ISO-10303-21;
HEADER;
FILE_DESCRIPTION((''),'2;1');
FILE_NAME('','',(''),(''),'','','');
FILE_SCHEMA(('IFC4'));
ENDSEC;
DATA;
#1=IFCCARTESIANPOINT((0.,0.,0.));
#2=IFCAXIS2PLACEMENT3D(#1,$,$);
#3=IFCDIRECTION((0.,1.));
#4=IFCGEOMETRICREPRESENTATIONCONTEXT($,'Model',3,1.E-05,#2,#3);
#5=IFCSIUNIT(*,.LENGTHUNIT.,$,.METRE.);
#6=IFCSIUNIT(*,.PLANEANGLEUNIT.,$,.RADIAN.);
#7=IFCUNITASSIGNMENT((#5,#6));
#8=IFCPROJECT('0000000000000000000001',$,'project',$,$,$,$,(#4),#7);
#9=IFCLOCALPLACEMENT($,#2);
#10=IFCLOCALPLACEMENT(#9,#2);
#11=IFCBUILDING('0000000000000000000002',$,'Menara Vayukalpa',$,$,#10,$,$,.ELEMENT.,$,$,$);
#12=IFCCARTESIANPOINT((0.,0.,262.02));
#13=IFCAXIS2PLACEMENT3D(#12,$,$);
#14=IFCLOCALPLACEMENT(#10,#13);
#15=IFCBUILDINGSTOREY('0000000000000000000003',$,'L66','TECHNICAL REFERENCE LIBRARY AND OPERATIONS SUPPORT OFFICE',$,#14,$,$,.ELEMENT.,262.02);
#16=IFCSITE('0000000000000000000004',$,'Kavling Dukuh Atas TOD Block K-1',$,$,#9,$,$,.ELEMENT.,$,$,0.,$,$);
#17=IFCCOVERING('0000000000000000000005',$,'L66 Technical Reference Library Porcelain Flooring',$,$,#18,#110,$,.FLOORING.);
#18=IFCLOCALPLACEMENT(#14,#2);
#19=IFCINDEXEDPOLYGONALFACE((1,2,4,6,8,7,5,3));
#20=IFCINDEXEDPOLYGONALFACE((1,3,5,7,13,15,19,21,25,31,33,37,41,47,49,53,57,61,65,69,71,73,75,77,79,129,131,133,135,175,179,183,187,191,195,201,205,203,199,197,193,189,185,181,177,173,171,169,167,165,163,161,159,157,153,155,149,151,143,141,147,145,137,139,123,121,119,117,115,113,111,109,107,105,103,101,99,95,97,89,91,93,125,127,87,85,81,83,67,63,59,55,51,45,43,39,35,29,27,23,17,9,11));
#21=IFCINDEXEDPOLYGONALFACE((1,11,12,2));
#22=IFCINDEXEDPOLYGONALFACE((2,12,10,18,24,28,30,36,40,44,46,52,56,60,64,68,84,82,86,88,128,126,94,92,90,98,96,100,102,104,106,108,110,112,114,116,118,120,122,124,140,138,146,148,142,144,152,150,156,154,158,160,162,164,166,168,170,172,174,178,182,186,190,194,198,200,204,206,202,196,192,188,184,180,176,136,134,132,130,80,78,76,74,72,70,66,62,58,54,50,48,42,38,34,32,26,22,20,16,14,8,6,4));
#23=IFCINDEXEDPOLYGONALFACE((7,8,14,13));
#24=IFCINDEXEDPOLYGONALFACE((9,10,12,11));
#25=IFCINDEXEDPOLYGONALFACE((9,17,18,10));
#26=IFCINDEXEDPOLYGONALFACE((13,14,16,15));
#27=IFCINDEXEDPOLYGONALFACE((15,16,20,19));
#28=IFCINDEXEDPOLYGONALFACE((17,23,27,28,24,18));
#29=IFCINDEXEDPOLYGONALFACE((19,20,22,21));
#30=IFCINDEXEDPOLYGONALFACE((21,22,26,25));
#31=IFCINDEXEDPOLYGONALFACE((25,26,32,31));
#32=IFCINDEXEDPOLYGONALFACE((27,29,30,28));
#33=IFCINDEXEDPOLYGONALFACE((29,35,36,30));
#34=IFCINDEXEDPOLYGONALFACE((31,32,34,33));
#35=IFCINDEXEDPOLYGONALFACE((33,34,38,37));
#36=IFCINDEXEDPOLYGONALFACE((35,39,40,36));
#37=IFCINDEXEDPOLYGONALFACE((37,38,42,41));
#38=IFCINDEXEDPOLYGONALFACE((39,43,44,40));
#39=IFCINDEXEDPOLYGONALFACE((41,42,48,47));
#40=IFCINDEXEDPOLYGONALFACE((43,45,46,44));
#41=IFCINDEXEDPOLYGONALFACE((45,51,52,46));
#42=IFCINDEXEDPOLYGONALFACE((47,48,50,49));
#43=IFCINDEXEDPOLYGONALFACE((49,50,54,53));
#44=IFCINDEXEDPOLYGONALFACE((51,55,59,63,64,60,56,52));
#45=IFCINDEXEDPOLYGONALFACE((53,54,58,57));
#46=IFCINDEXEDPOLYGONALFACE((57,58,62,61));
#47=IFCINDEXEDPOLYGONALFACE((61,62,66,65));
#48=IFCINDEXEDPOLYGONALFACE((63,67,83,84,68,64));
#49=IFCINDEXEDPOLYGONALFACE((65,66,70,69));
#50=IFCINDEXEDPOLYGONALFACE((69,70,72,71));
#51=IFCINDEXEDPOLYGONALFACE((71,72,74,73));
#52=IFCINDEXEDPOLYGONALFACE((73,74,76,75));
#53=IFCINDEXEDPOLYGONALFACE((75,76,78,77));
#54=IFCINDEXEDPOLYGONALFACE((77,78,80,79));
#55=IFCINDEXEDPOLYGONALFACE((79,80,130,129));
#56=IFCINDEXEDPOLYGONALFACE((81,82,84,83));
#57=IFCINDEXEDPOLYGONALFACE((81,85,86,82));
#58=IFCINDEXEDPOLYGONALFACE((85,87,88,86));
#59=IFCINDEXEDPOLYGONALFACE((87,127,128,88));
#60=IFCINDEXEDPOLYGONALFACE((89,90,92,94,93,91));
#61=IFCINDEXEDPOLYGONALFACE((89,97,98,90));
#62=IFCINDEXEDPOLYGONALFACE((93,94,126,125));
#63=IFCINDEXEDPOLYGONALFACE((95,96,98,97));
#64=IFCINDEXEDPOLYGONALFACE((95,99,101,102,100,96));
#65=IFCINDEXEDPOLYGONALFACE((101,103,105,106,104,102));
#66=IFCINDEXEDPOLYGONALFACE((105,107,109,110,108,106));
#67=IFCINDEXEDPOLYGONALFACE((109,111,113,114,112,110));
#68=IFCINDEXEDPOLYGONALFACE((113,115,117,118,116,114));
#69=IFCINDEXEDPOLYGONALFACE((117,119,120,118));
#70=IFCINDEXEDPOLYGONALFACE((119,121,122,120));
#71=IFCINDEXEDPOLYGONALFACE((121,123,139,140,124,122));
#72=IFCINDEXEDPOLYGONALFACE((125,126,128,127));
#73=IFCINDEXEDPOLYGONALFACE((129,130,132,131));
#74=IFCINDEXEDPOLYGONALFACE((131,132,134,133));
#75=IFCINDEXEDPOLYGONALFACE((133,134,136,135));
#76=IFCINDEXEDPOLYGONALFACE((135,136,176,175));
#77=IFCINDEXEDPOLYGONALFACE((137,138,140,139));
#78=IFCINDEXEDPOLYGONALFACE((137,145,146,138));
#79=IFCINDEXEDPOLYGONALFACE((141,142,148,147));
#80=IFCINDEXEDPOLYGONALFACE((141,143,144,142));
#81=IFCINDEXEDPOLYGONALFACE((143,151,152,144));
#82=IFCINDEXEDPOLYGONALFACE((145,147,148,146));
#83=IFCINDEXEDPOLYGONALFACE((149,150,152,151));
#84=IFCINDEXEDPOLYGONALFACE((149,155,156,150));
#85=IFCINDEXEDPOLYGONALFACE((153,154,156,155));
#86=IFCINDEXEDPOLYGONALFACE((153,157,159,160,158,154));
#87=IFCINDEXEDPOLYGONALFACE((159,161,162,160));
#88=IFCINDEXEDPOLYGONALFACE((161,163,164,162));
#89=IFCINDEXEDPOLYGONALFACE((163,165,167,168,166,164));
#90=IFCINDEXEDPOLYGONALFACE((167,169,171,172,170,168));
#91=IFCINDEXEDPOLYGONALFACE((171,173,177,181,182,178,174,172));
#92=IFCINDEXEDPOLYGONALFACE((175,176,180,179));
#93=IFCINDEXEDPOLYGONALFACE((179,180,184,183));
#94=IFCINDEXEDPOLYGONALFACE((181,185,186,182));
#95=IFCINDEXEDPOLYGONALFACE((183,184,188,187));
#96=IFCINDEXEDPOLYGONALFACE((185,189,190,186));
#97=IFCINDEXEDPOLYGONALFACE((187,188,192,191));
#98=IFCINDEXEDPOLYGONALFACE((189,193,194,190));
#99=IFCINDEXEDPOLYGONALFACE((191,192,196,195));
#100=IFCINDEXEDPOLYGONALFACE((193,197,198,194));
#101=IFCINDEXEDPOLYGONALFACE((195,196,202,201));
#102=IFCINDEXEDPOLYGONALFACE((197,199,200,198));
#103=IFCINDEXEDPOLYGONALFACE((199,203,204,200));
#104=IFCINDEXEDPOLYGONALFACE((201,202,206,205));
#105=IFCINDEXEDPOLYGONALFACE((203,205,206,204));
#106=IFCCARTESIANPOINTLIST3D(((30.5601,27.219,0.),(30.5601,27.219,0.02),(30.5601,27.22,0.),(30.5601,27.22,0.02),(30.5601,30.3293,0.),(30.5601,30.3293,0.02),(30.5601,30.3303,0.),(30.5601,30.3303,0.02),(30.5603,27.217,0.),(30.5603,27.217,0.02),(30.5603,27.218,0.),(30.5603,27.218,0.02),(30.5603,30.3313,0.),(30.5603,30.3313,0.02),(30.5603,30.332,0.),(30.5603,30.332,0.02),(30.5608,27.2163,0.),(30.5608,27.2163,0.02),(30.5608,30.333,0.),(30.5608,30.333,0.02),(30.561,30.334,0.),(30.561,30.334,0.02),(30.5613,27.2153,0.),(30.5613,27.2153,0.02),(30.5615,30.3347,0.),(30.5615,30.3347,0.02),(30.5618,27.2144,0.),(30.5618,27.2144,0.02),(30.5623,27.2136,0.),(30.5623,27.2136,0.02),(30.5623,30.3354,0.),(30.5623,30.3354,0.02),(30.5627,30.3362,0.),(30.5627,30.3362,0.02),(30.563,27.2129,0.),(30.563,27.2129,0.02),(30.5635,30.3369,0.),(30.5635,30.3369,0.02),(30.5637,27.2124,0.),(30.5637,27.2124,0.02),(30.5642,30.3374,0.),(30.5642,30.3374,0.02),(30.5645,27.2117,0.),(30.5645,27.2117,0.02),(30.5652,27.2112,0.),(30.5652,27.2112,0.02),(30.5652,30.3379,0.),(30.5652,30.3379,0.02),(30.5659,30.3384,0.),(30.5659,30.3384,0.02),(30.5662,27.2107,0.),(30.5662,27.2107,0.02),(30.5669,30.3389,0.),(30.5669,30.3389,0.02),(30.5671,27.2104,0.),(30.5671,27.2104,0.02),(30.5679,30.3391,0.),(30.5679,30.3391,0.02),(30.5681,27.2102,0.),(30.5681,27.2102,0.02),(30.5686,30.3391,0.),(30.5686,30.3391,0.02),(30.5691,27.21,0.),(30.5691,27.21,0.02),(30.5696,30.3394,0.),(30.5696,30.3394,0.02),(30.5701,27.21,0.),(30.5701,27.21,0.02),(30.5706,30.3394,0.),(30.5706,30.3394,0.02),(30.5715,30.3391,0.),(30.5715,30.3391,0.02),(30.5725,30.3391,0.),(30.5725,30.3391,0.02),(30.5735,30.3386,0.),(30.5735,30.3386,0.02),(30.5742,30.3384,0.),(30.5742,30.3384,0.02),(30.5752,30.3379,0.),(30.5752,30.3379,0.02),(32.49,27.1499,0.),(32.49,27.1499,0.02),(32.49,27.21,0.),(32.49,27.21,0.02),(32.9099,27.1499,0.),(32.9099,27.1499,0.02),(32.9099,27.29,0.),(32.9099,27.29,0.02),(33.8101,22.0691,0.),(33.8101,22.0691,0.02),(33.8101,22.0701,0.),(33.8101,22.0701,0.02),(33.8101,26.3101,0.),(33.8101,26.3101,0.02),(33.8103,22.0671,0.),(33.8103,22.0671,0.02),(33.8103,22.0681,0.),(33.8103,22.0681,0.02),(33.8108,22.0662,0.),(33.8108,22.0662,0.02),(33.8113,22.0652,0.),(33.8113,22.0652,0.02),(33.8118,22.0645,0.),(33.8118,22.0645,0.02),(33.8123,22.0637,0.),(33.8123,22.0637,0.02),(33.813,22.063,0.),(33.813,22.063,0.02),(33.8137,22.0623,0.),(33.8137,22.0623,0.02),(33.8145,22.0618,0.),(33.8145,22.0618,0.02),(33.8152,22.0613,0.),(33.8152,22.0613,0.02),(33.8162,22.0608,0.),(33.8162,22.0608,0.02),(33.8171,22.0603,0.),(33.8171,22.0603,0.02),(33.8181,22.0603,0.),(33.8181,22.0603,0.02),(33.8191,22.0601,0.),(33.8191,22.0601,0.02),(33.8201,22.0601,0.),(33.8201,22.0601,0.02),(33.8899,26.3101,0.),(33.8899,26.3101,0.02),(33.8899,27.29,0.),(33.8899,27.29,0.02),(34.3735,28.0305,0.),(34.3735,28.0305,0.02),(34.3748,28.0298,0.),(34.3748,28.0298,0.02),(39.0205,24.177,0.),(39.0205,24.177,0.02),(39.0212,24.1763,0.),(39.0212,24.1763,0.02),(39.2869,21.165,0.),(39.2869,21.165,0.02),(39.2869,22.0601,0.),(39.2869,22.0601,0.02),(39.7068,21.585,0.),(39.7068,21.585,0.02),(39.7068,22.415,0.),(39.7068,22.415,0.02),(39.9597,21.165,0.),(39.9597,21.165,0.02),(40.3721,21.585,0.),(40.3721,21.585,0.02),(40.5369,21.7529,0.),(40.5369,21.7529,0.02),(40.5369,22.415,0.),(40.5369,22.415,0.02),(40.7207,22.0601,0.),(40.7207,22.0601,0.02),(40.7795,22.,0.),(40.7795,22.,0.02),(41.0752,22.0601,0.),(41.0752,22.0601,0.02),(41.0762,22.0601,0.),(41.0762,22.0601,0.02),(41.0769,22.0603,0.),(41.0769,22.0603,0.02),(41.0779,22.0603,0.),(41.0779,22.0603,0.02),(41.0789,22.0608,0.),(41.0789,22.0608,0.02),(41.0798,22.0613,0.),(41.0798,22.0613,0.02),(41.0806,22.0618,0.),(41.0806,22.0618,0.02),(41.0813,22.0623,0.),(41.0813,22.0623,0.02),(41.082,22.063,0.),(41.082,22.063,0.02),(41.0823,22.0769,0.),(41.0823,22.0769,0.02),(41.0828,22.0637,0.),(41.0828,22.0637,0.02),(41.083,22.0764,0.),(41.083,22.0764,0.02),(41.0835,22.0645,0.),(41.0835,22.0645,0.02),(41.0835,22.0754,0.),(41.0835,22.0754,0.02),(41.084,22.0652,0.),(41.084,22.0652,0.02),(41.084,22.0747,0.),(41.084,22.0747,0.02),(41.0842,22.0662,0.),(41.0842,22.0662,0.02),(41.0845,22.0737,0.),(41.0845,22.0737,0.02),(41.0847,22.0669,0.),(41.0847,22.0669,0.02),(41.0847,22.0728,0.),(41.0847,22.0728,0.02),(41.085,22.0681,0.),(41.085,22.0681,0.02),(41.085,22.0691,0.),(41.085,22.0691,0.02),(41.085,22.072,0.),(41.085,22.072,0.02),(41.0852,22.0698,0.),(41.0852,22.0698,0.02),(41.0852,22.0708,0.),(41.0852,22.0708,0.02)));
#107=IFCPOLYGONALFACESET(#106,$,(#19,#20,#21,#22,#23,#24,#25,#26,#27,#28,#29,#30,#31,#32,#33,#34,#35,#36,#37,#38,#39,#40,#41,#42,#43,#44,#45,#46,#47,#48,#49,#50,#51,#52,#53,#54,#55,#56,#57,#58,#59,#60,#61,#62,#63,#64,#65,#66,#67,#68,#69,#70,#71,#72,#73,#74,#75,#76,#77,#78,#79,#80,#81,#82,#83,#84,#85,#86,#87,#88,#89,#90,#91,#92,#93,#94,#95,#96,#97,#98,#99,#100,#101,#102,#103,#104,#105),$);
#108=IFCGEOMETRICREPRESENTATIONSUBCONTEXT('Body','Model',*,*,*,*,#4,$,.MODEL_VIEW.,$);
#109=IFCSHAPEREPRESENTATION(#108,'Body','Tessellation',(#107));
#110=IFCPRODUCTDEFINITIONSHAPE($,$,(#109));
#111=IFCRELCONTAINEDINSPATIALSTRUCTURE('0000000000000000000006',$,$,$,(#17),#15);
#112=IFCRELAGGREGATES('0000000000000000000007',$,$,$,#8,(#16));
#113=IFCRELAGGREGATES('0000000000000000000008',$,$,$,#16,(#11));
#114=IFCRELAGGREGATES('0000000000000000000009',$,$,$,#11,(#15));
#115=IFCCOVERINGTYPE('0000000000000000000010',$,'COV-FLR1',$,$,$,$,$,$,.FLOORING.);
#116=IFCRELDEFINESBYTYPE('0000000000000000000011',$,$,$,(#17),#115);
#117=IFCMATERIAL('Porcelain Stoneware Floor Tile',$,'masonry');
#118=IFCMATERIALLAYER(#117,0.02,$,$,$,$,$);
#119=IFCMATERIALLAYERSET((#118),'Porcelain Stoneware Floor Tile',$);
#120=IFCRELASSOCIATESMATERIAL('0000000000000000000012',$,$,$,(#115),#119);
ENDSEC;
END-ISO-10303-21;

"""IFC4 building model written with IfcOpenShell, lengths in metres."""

from ifc_helpers import new_model, si_unit, direction, frame, origin, place, context, subcontext, project, spatial, polyline, outline, extrude, material, layer, layer_set, type_object, element, save


model = new_model("IFC4")

# Units and contexts
model_context = context("Model", 3, precision=1e-05, world=origin(), true_north=direction((0.0, 1.0)))
body_context = subcontext(model_context, "Body", "Model", "MODEL_VIEW")
ifc_project = project(units=[si_unit("LENGTHUNIT", "METRE"), si_unit("PLANEANGLEUNIT", "RADIAN")], contexts=[model_context])

# Site, building, storey
site_placement = place(None, origin())
site = spatial("IfcSite", under=ifc_project, at=site_placement, Name="Kavling Dukuh Atas TOD Block K-1", CompositionType="ELEMENT", RefElevation=0.0)
building_placement = place(site_placement, origin())
building = spatial("IfcBuilding", under=site, at=building_placement, Name="Menara Vayukalpa", CompositionType="ELEMENT")
storey_placement = place(building_placement, frame((0.0, 0.0, 262.02)))
storey = spatial("IfcBuildingStorey", under=building, at=storey_placement, Name="L66", Description="TECHNICAL REFERENCE LIBRARY AND OPERATIONS SUPPORT OFFICE", CompositionType="ELEMENT", Elevation=262.02)

# Covering
ifc_material_1 = material(Name="Porcelain Stoneware Floor Tile", Category="masonry")
ifc_layer_1 = layer(ifc_material_1, 0.02)
ifc_layer_set_1 = layer_set([ifc_layer_1], Name="Porcelain Stoneware Floor Tile")
covering_type_1 = type_object("IfcCoveringType", Name="COV-FLR1", PredefinedType="FLOORING", material=ifc_layer_set_1)
covering_1_placement = place(storey_placement, origin())
element("IfcCovering", 1, at=covering_1_placement, inside=storey, type_object=covering_type_1, Name="L66 Technical Reference Library Porcelain Flooring", PredefinedType="FLOORING", context=body_context, shape_type="SweptSolid", body=[
    extrude(outline(polyline([(33.8201, 22.0601), (33.8191, 22.0601), (33.8181, 22.0603), (33.8171, 22.0603), (33.8162, 22.0608), (33.8152, 22.0613), (33.8145, 22.0618), (33.8137, 22.0623), (33.813, 22.063), (33.8123, 22.0637), (33.8118, 22.0645), (33.8113, 22.0652), (33.8108, 22.0662), (33.8103, 22.0671), (33.8103, 22.0681), (33.8101, 22.0691), (33.8101, 22.0701), (33.8101, 26.3101), (33.8899, 26.3101), (33.8899, 27.29), (32.9099, 27.29), (32.9099, 27.1499), (32.49, 27.1499), (32.49, 27.21), (30.5701, 27.21), (30.5691, 27.21), (30.5681, 27.2102), (30.5671, 27.2104), (30.5662, 27.2107), (30.5652, 27.2112), (30.5645, 27.2117), (30.5637, 27.2124), (30.563, 27.2129), (30.5623, 27.2136), (30.5618, 27.2144), (30.5613, 27.2153), (30.5608, 27.2163), (30.5603, 27.217), (30.5603, 27.218), (30.5601, 27.219), (30.5601, 27.22), (30.5601, 30.3293), (30.5601, 30.3303), (30.5603, 30.3313), (30.5603, 30.332), (30.5608, 30.333), (30.561, 30.334), (30.5615, 30.3347), (30.5623, 30.3354), (30.5627, 30.3362), (30.5635, 30.3369), (30.5642, 30.3374), (30.5652, 30.3379), (30.5659, 30.3384), (30.5669, 30.3389), (30.5679, 30.3391), (30.5686, 30.3391), (30.5696, 30.3394), (30.5706, 30.3394), (30.5715, 30.3391), (30.5725, 30.3391), (30.5735, 30.3386), (30.5742, 30.3384), (30.5752, 30.3379), (34.3735, 28.0305), (34.3748, 28.0298), (39.0205, 24.177), (39.0212, 24.1763), (41.0823, 22.0769), (41.083, 22.0764), (41.0835, 22.0754), (41.084, 22.0747), (41.0845, 22.0737), (41.0847, 22.0728), (41.085, 22.072), (41.0852, 22.0708), (41.0852, 22.0698), (41.085, 22.0691), (41.085, 22.0681), (41.0847, 22.0669), (41.0842, 22.0662), (41.084, 22.0652), (41.0835, 22.0645), (41.0828, 22.0637), (41.082, 22.063), (41.0813, 22.0623), (41.0806, 22.0618), (41.0798, 22.0613), (41.0789, 22.0608), (41.0779, 22.0603), (41.0769, 22.0603), (41.0762, 22.0601), (41.0752, 22.0601), (40.7207, 22.0601), (40.7795, 22.0), (40.5369, 21.7529), (40.5369, 22.415), (39.7068, 22.415), (39.7068, 21.585), (40.3721, 21.585), (39.9597, 21.165), (39.2869, 21.165), (39.2869, 22.0601), (33.8201, 22.0601)])), origin(), (0.0, 0.0, 1.0), 0.02),
])

save(model, "model.ifc")
